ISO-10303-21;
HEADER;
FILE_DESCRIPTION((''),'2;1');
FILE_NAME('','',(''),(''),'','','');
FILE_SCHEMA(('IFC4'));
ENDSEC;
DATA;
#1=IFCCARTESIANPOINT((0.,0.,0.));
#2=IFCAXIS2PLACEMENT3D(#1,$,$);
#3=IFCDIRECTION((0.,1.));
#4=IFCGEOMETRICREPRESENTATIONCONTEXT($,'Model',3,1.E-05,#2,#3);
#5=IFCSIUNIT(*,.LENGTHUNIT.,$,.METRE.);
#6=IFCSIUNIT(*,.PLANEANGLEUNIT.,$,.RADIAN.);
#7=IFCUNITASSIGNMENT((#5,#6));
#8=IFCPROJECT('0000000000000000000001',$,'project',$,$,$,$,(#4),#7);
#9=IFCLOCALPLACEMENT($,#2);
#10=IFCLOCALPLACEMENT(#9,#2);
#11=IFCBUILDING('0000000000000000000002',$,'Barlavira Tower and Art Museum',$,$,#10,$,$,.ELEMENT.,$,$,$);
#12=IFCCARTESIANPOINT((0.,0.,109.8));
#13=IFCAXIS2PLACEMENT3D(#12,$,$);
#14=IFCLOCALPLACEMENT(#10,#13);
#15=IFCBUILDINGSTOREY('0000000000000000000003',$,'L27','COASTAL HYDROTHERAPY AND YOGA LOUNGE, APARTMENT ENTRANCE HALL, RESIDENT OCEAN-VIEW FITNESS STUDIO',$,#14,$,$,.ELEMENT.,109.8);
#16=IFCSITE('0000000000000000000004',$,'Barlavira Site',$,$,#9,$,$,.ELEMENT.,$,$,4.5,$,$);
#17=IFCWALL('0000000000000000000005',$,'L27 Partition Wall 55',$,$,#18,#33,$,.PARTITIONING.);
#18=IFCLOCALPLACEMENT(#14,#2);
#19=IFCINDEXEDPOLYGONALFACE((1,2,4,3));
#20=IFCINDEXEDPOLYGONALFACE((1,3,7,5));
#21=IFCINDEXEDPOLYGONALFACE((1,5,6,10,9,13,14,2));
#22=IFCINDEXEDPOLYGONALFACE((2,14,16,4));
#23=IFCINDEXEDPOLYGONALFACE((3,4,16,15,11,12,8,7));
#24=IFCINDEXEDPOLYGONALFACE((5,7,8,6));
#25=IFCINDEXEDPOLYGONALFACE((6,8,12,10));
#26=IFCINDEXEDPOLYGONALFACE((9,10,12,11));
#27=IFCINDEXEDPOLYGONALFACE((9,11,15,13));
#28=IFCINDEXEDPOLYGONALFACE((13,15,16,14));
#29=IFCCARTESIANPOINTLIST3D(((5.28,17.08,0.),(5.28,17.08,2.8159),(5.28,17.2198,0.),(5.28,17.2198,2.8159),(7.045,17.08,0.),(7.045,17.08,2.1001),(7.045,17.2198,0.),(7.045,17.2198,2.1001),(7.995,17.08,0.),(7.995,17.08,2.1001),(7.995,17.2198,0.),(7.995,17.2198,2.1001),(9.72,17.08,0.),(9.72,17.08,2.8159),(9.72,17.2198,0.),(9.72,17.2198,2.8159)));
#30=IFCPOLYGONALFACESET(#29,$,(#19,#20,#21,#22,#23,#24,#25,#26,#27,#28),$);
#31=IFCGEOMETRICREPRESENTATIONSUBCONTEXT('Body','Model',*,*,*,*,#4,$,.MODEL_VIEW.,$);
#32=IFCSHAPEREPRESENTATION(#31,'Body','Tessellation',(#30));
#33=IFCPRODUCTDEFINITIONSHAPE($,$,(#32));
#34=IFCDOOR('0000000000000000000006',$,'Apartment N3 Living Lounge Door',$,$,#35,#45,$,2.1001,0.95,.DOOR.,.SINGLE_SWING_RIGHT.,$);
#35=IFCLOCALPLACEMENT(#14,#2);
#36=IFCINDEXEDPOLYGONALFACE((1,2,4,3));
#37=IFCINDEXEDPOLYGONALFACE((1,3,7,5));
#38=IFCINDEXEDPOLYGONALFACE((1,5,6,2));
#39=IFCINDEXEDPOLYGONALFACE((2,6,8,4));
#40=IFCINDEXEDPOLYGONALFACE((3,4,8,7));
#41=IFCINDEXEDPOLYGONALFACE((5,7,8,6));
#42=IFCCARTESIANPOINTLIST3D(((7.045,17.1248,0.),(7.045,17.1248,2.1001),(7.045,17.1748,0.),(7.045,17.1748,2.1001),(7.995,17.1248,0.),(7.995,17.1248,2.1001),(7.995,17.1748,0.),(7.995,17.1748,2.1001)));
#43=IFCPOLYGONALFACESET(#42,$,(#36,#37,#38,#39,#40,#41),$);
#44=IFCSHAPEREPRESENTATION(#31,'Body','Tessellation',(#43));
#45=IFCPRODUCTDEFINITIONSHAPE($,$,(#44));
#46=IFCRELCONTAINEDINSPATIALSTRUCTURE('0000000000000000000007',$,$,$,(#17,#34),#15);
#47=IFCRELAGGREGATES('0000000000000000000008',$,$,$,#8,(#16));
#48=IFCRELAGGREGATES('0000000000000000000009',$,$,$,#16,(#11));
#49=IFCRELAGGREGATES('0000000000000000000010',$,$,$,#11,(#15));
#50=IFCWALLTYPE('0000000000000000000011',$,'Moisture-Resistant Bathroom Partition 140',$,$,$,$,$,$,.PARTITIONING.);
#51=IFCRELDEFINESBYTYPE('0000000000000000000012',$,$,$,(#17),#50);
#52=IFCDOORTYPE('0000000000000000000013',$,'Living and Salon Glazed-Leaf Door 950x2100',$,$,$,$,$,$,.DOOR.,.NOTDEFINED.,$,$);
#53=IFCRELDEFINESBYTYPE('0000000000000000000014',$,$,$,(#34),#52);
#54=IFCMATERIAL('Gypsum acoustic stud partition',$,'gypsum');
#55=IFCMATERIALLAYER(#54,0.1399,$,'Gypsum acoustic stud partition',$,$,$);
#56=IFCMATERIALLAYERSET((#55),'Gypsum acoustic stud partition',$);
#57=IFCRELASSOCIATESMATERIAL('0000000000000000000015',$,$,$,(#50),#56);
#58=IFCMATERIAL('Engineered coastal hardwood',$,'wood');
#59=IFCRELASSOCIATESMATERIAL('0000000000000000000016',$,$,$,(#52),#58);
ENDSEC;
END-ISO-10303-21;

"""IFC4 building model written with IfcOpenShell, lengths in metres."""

from ifc_helpers import new_model, si_unit, direction, frame, frame_2d, origin, place, context, subcontext, project, spatial, rectangle, extrude, material, layer, layer_set, type_object, element, fill, save


model = new_model("IFC4")

# Units and contexts
model_context = context("Model", 3, precision=1e-05, world=origin(), true_north=direction((0.0, 1.0)))
body_context = subcontext(model_context, "Body", "Model", "MODEL_VIEW")
ifc_project = project(units=[si_unit("LENGTHUNIT", "METRE"), si_unit("PLANEANGLEUNIT", "RADIAN")], contexts=[model_context])

# Site, building, storey
site_placement = place(None, origin())
site = spatial("IfcSite", under=ifc_project, at=site_placement, Name="Barlavira Site", CompositionType="ELEMENT", RefElevation=4.5)
building_placement = place(site_placement, origin())
building = spatial("IfcBuilding", under=site, at=building_placement, Name="Barlavira Tower and Art Museum", CompositionType="ELEMENT")
storey_placement = place(building_placement, frame((0.0, 0.0, 109.8)))
storey = spatial("IfcBuildingStorey", under=building, at=storey_placement, Name="L27", Description="COASTAL HYDROTHERAPY AND YOGA LOUNGE, APARTMENT ENTRANCE HALL, RESIDENT OCEAN-VIEW FITNESS STUDIO", CompositionType="ELEMENT", Elevation=109.8)

# Shared definitions
ifc_material_1 = material(Name="Gypsum acoustic stud partition", Category="gypsum")
ifc_material_2 = material(Name="Engineered coastal hardwood", Category="wood")

# Shared definitions
ifc_layer_1 = layer(ifc_material_1, 0.1399, Name="Gypsum acoustic stud partition")
ifc_layer_set_1 = layer_set([ifc_layer_1], Name="Gypsum acoustic stud partition")
wall_type_1 = type_object("IfcWallType", Name="Moisture-Resistant Bathroom Partition 140", PredefinedType="PARTITIONING", material=ifc_layer_set_1)

# Wall, opening, door
wall_1_placement = place(storey_placement, frame((5.28, 17.1499, 0.0), z_axis=(0.0, 0.0, 1.0), x_axis=(1.0, 0.0, 0.0)))
wall_1 = element("IfcWall", 1, at=wall_1_placement, inside=storey, type_object=wall_type_1, Name="L27 Partition Wall 55", PredefinedType="PARTITIONING", context=body_context, shape_type="SweptSolid", body=[
    extrude(rectangle(XDim=4.4399, YDim=0.1399, at=frame_2d((2.22, 0.0))), origin(), (0.0, 0.0, 1.0), 2.8159),
])
opening_1_placement = place(wall_1_placement, frame((1.7649, 0.0, 0.0)))
opening_1 = element("IfcOpeningElement", 2, at=opening_1_placement, cuts=wall_1, PredefinedType="OPENING", context=body_context, shape_type="SweptSolid", body=[
    extrude(rectangle(XDim=0.95, YDim=2.1001, at=frame_2d((0.4751, 1.05))), frame((0.0, 0.0801, 0.0), z_axis=(0.0, -1.0, 0.0), x_axis=(1.0, 0.0, 0.0)), (0.0, 0.0, 1.0), 0.1599),
])
door_type_1 = type_object("IfcDoorType", Name="Living and Salon Glazed-Leaf Door 950x2100", OperationType="NOTDEFINED", PredefinedType="DOOR", material=ifc_material_2)
door_1_placement = place(opening_1_placement, origin())
door_1 = element("IfcDoor", 3, at=door_1_placement, inside=storey, type_object=door_type_1, Name="Apartment N3 Living Lounge Door", OperationType="SINGLE_SWING_RIGHT", OverallHeight=2.1001, OverallWidth=0.95, PredefinedType="DOOR", context=body_context, shape_type="SweptSolid", body=[
    extrude(rectangle(XDim=0.95, YDim=2.1001, at=frame_2d((0.4751, 1.05))), frame((0.0, 0.0249, 0.0), z_axis=(0.0, -1.0, 0.0), x_axis=(1.0, 0.0, 0.0)), (0.0, 0.0, 1.0), 0.05),
])
fill(opening_1, door_1)

save(model, "model.ifc")
